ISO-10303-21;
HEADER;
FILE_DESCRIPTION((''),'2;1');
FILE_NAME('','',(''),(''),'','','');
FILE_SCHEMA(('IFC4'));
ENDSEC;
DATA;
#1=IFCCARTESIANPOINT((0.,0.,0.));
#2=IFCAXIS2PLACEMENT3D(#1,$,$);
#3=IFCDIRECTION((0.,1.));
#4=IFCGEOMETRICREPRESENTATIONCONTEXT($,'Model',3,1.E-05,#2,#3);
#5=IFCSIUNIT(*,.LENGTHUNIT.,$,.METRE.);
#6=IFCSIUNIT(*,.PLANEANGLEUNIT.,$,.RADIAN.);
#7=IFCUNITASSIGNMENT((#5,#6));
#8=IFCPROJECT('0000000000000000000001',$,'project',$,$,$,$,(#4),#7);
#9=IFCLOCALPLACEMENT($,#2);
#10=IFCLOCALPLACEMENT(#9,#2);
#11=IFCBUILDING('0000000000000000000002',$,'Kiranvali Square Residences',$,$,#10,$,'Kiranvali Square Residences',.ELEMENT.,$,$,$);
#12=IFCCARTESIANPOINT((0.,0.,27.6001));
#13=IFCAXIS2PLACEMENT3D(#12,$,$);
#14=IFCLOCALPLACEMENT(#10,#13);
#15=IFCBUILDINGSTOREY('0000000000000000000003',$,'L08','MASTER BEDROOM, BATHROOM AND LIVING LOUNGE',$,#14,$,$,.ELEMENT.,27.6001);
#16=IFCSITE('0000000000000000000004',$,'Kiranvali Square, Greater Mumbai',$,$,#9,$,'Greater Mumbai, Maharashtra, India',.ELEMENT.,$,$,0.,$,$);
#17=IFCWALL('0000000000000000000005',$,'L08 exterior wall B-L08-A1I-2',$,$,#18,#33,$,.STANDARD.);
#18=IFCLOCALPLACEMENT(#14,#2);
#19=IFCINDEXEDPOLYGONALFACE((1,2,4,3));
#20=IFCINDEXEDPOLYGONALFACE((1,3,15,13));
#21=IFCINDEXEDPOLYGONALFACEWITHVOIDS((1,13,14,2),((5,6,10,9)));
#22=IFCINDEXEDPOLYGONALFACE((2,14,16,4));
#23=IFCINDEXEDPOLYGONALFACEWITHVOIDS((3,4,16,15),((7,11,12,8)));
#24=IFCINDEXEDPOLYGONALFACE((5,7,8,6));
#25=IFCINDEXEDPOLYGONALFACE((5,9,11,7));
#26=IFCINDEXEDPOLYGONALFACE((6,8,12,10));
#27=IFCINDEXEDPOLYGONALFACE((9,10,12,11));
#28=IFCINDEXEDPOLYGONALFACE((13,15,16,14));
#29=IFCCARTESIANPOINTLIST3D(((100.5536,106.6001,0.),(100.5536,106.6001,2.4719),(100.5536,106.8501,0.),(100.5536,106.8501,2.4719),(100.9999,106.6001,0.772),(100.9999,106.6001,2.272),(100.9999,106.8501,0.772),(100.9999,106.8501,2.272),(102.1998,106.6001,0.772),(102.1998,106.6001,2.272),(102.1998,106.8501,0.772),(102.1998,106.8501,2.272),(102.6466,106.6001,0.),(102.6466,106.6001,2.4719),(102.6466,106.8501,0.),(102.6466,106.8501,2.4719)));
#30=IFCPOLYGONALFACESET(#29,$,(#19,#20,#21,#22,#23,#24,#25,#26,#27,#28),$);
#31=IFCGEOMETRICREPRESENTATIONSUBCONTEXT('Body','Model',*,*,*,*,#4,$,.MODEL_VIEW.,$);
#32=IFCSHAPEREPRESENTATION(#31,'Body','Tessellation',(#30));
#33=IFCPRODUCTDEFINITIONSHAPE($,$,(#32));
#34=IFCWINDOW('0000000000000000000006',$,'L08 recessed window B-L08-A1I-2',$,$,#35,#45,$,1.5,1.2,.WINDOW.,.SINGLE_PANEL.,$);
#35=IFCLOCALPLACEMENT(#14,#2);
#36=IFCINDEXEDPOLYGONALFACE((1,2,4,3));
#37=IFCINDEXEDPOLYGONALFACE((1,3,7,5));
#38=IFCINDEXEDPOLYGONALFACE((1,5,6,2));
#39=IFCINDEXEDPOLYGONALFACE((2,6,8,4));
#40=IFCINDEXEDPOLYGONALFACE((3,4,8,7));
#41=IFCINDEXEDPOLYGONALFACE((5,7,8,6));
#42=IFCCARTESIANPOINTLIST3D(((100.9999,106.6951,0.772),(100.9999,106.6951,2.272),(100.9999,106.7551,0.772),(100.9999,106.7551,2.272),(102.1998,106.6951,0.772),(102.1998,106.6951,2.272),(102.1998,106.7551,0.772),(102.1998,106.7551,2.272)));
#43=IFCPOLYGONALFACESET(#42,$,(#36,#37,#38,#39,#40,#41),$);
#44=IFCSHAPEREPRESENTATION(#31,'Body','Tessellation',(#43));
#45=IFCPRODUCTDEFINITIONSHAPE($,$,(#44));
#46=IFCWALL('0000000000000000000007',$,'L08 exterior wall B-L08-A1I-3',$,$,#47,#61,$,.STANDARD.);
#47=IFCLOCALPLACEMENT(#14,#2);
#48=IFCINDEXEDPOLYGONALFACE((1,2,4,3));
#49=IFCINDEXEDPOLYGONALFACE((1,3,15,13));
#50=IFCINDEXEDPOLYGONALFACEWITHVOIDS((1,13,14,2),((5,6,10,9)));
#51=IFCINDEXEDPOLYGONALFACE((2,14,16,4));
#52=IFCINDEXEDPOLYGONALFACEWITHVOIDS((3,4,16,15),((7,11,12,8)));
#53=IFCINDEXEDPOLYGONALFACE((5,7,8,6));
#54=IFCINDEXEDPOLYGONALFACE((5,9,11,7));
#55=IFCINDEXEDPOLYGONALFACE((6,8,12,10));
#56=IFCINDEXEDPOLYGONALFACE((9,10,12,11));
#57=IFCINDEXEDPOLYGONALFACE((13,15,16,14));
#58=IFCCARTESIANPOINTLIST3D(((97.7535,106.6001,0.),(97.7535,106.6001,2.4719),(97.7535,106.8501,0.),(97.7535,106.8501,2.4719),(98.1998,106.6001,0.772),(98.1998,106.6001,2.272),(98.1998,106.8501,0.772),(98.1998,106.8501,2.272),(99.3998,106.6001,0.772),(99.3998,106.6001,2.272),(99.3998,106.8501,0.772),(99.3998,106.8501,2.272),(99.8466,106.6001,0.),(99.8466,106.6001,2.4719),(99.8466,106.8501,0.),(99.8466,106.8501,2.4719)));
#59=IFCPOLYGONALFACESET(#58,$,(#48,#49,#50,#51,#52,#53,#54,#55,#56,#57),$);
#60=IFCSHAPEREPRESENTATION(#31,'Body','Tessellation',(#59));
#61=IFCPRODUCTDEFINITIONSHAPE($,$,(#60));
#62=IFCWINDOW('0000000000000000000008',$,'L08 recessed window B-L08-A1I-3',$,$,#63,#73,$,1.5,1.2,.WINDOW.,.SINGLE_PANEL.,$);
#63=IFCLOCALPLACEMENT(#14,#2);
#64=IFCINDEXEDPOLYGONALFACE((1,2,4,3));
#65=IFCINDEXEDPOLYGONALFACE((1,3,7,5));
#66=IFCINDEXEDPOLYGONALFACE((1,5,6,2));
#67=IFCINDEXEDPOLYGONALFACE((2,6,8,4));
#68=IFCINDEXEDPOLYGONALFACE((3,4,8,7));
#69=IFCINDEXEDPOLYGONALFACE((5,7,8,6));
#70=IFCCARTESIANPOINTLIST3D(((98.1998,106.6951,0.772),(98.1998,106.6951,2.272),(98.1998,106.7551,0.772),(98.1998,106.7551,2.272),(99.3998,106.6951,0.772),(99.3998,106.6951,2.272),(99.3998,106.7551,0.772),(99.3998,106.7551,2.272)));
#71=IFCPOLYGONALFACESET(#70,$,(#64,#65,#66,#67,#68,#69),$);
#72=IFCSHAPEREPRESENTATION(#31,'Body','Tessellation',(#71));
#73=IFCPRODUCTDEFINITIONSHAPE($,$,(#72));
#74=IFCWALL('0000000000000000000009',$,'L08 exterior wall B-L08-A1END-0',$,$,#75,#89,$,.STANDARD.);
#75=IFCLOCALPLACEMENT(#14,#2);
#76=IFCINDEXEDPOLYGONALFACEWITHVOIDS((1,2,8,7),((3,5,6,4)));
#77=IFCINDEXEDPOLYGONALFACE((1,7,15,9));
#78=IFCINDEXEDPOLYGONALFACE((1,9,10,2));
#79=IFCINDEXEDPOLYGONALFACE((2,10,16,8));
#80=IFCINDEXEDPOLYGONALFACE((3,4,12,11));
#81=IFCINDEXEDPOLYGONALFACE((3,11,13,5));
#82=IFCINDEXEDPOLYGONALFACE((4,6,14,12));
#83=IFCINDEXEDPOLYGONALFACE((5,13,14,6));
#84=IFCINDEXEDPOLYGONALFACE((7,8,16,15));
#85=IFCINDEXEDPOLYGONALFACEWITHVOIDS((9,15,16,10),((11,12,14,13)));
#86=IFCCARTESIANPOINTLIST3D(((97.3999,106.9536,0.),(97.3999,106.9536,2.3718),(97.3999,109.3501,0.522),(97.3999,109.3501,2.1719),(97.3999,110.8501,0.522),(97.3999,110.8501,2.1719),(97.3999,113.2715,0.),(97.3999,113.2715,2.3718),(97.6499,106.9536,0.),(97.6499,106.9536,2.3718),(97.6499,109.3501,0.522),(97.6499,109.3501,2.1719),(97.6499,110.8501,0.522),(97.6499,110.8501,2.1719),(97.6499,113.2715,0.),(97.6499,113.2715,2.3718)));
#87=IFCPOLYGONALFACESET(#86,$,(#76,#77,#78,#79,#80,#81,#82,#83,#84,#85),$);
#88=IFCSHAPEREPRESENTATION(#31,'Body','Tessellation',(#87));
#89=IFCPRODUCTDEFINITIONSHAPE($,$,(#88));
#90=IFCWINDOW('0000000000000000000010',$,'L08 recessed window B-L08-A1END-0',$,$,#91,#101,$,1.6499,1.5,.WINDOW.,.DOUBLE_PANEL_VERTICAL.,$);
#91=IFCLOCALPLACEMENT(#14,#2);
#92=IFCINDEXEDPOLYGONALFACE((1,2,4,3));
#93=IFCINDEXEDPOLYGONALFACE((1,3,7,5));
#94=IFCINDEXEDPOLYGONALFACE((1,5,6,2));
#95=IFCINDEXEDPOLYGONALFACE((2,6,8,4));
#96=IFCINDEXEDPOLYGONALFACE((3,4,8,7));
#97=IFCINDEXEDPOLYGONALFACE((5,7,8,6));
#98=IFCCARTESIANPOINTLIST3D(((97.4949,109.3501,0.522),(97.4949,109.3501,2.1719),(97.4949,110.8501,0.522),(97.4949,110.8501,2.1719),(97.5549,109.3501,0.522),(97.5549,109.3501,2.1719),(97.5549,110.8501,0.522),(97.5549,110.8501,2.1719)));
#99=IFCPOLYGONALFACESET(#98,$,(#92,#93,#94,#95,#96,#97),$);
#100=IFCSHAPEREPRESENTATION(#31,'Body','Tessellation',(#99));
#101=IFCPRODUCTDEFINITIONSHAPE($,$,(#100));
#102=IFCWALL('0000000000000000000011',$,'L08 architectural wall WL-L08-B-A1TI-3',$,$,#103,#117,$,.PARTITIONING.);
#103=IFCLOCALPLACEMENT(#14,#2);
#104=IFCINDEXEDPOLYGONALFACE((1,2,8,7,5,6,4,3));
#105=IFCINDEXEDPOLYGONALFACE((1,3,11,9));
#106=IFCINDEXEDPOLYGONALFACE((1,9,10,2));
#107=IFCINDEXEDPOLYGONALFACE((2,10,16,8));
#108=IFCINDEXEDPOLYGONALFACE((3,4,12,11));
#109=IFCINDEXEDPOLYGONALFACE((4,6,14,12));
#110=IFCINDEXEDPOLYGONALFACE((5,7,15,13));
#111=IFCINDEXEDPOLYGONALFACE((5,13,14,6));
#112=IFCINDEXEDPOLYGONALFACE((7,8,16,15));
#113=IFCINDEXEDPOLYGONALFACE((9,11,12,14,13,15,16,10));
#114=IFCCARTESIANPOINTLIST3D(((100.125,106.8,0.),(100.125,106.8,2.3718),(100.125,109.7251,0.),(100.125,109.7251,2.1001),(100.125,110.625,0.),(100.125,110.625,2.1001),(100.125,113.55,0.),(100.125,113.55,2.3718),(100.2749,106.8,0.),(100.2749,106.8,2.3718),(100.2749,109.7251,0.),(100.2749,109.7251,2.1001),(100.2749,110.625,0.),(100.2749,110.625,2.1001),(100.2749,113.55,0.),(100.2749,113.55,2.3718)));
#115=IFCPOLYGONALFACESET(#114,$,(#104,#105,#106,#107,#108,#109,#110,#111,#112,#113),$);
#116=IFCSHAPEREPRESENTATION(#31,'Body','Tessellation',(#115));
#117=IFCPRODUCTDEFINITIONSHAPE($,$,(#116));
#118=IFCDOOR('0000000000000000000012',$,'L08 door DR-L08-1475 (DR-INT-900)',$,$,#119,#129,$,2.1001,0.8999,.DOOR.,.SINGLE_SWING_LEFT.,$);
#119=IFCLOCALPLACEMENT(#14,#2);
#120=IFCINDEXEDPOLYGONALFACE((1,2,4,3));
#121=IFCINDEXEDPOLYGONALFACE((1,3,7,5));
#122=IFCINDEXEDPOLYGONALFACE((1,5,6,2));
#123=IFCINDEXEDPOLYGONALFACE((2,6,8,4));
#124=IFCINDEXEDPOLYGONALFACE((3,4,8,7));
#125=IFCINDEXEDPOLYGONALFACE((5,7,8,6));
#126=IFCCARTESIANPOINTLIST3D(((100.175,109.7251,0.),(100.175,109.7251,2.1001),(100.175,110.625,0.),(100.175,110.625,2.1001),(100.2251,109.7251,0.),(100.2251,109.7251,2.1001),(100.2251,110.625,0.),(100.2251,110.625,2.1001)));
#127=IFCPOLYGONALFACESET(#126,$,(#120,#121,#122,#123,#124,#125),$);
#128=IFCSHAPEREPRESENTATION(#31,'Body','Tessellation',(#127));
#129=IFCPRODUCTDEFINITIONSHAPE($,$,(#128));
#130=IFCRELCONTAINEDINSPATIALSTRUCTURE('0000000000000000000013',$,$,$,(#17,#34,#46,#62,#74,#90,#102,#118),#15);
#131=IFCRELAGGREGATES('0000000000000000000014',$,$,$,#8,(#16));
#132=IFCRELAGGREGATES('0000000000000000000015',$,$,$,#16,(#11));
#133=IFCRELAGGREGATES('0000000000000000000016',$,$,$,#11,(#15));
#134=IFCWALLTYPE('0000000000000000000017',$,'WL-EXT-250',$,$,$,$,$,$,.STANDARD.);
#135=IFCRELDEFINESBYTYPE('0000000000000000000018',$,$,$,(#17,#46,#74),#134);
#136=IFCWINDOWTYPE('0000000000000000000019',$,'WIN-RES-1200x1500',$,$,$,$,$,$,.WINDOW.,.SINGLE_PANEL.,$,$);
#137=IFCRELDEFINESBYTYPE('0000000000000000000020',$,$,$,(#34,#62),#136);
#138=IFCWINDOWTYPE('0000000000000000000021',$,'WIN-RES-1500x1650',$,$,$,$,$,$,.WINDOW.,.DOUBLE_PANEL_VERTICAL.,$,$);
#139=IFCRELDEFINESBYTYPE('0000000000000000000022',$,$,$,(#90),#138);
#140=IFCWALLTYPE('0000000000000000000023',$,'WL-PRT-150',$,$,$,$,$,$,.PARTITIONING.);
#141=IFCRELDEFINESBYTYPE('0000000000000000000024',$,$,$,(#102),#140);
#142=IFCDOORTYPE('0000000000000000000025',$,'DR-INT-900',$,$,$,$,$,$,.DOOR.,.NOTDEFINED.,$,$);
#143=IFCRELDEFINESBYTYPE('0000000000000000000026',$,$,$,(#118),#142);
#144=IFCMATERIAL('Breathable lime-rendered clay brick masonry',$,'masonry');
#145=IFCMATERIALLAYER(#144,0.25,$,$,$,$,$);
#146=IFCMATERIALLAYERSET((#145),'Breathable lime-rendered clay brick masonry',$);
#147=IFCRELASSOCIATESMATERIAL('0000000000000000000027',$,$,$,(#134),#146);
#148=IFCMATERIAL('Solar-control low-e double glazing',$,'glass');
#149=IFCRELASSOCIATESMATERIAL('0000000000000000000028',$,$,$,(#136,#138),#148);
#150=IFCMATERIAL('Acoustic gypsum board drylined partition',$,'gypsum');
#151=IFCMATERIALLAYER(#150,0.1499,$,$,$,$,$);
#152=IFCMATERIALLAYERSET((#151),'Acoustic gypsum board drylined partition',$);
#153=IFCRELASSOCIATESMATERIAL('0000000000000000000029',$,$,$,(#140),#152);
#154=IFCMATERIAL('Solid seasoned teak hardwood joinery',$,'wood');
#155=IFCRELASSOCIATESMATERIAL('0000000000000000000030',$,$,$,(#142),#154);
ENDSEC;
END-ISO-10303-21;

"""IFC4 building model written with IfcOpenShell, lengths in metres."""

from ifc_helpers import new_model, si_unit, direction, frame, frame_2d, origin, place, context, subcontext, project, spatial, rectangle, extrude, material, layer, layer_set, type_object, element, fill, save


model = new_model("IFC4")

# Units and contexts
model_context = context("Model", 3, precision=1e-05, world=origin(), true_north=direction((0.0, 1.0)))
body_context = subcontext(model_context, "Body", "Model", "MODEL_VIEW")
ifc_project = project(units=[si_unit("LENGTHUNIT", "METRE"), si_unit("PLANEANGLEUNIT", "RADIAN")], contexts=[model_context])

# Site, building, storey
site_placement = place(None, origin())
site = spatial("IfcSite", under=ifc_project, at=site_placement, Name="Kiranvali Square, Greater Mumbai", LongName="Greater Mumbai, Maharashtra, India", CompositionType="ELEMENT", RefElevation=0.0)
building_placement = place(site_placement, origin())
building = spatial("IfcBuilding", under=site, at=building_placement, Name="Kiranvali Square Residences", LongName="Kiranvali Square Residences", CompositionType="ELEMENT")
storey_placement = place(building_placement, frame((0.0, 0.0, 27.6001)))
storey = spatial("IfcBuildingStorey", under=building, at=storey_placement, Name="L08", Description="MASTER BEDROOM, BATHROOM AND LIVING LOUNGE", CompositionType="ELEMENT", Elevation=27.6001)

# Walls, openings, windows
ifc_material_1 = material(Name="Breathable lime-rendered clay brick masonry", Category="masonry")
ifc_layer_1 = layer(ifc_material_1, 0.25)
ifc_layer_set_1 = layer_set([ifc_layer_1], Name="Breathable lime-rendered clay brick masonry")
wall_type_1 = type_object("IfcWallType", Name="WL-EXT-250", PredefinedType="STANDARD", material=ifc_layer_set_1)
ifc_material_2 = material(Name="Solar-control low-e double glazing", Category="glass")
window_type_1 = type_object("IfcWindowType", Name="WIN-RES-1200x1500", PartitioningType="SINGLE_PANEL", PredefinedType="WINDOW", material=ifc_material_2)
wall_1_placement = place(storey_placement, frame((102.6465, 106.7251, 0.0), z_axis=(0.0, 0.0, 1.0), x_axis=(-1.0, 0.0, 0.0)))
wall_1 = element("IfcWall", 1, at=wall_1_placement, inside=storey, type_object=wall_type_1, Name="L08 exterior wall B-L08-A1I-2", PredefinedType="STANDARD", context=body_context, shape_type="SweptSolid", body=[
    extrude(rectangle(XDim=2.093, YDim=0.25, at=frame_2d((1.0464, 0.0))), origin(), (0.0, 0.0, 1.0), 2.4719),
])
opening_1_placement = place(wall_1_placement, frame((0.4465, 0.0, 0.772)))
opening_1 = element("IfcOpeningElement", 2, at=opening_1_placement, cuts=wall_1, PredefinedType="OPENING", context=body_context, shape_type="SweptSolid", body=[
    extrude(rectangle(XDim=1.2, YDim=1.5, at=frame_2d((0.6001, 0.75))), frame((0.0, 0.135, 0.0), z_axis=(0.0, -1.0, 0.0), x_axis=(1.0, 0.0, 0.0)), (0.0, 0.0, 1.0), 0.27),
])
window_1_placement = place(opening_1_placement, origin())
window_1 = element("IfcWindow", 3, at=window_1_placement, inside=storey, type_object=window_type_1, Name="L08 recessed window B-L08-A1I-2", OverallHeight=1.5, OverallWidth=1.2, PartitioningType="SINGLE_PANEL", PredefinedType="WINDOW", context=body_context, shape_type="SweptSolid", body=[
    extrude(rectangle(XDim=1.2, YDim=1.5, at=frame_2d((0.6001, 0.75))), frame((0.0, 0.03, 0.0), z_axis=(0.0, -1.0, 0.0), x_axis=(1.0, 0.0, 0.0)), (0.0, 0.0, 1.0), 0.0601),
])
fill(opening_1, window_1)
wall_2_placement = place(storey_placement, frame((99.8464, 106.7251, 0.0), z_axis=(0.0, 0.0, 1.0), x_axis=(-1.0, 0.0, 0.0)))
wall_2 = element("IfcWall", 4, at=wall_2_placement, inside=storey, type_object=wall_type_1, Name="L08 exterior wall B-L08-A1I-3", PredefinedType="STANDARD", context=body_context, shape_type="SweptSolid", body=[
    extrude(rectangle(XDim=2.093, YDim=0.25, at=frame_2d((1.0464, 0.0))), origin(), (0.0, 0.0, 1.0), 2.4719),
])
opening_2_placement = place(wall_2_placement, frame((0.4465, 0.0, 0.772)))
opening_2 = element("IfcOpeningElement", 5, at=opening_2_placement, cuts=wall_2, PredefinedType="OPENING", context=body_context, shape_type="SweptSolid", body=[
    extrude(rectangle(XDim=1.2, YDim=1.5, at=frame_2d((0.6001, 0.75))), frame((0.0, 0.135, 0.0), z_axis=(0.0, -1.0, 0.0), x_axis=(1.0, 0.0, 0.0)), (0.0, 0.0, 1.0), 0.27),
])
window_2_placement = place(opening_2_placement, origin())
window_2 = element("IfcWindow", 6, at=window_2_placement, inside=storey, type_object=window_type_1, Name="L08 recessed window B-L08-A1I-3", OverallHeight=1.5, OverallWidth=1.2, PartitioningType="SINGLE_PANEL", PredefinedType="WINDOW", context=body_context, shape_type="SweptSolid", body=[
    extrude(rectangle(XDim=1.2, YDim=1.5, at=frame_2d((0.6001, 0.75))), frame((0.0, 0.03, 0.0), z_axis=(0.0, -1.0, 0.0), x_axis=(1.0, 0.0, 0.0)), (0.0, 0.0, 1.0), 0.0601),
])
fill(opening_2, window_2)
wall_3_placement = place(storey_placement, frame((97.5249, 106.9536, 0.0), z_axis=(0.0, 0.0, 1.0), x_axis=(0.0, 1.0, 0.0)))
wall_3 = element("IfcWall", 7, at=wall_3_placement, inside=storey, type_object=wall_type_1, Name="L08 exterior wall B-L08-A1END-0", PredefinedType="STANDARD", context=body_context, shape_type="SweptSolid", body=[
    extrude(rectangle(XDim=6.3179, YDim=0.25, at=frame_2d((3.1589, 0.0))), origin(), (0.0, 0.0, 1.0), 2.3718),
])
opening_3_placement = place(wall_3_placement, frame((2.3965, 0.0, 0.522)))
opening_3 = element("IfcOpeningElement", 8, at=opening_3_placement, cuts=wall_3, PredefinedType="OPENING", context=body_context, shape_type="SweptSolid", body=[
    extrude(rectangle(XDim=1.5, YDim=1.6499, at=frame_2d((0.75, 0.825))), frame((0.0, 0.135, 0.0), z_axis=(0.0, -1.0, 0.0), x_axis=(1.0, 0.0, 0.0)), (0.0, 0.0, 1.0), 0.27),
])
window_type_2 = type_object("IfcWindowType", Name="WIN-RES-1500x1650", PartitioningType="DOUBLE_PANEL_VERTICAL", PredefinedType="WINDOW", material=ifc_material_2)
window_3_placement = place(opening_3_placement, origin())
window_3 = element("IfcWindow", 9, at=window_3_placement, inside=storey, type_object=window_type_2, Name="L08 recessed window B-L08-A1END-0", OverallHeight=1.6499, OverallWidth=1.5, PartitioningType="DOUBLE_PANEL_VERTICAL", PredefinedType="WINDOW", context=body_context, shape_type="SweptSolid", body=[
    extrude(rectangle(XDim=1.5, YDim=1.6499, at=frame_2d((0.75, 0.825))), frame((0.0, 0.03, 0.0), z_axis=(0.0, -1.0, 0.0), x_axis=(1.0, 0.0, 0.0)), (0.0, 0.0, 1.0), 0.0601),
])
fill(opening_3, window_3)

# Wall, opening, door
ifc_material_3 = material(Name="Acoustic gypsum board drylined partition", Category="gypsum")
ifc_layer_2 = layer(ifc_material_3, 0.1499)
ifc_layer_set_2 = layer_set([ifc_layer_2], Name="Acoustic gypsum board drylined partition")
wall_type_2 = type_object("IfcWallType", Name="WL-PRT-150", PredefinedType="PARTITIONING", material=ifc_layer_set_2)
wall_4_placement = place(storey_placement, frame((100.2, 106.8, 0.0), z_axis=(0.0, 0.0, 1.0), x_axis=(0.0, 1.0, 0.0)))
wall_4 = element("IfcWall", 10, at=wall_4_placement, inside=storey, type_object=wall_type_2, Name="L08 architectural wall WL-L08-B-A1TI-3", PredefinedType="PARTITIONING", context=body_context, shape_type="SweptSolid", body=[
    extrude(rectangle(XDim=6.75, YDim=0.1499, at=frame_2d((3.375, 0.0))), origin(), (0.0, 0.0, 1.0), 2.3718),
])
opening_4_placement = place(wall_4_placement, frame((2.925, 0.0, 0.0)))
opening_4 = element("IfcOpeningElement", 11, at=opening_4_placement, cuts=wall_4, PredefinedType="OPENING", context=body_context, shape_type="SweptSolid", body=[
    extrude(rectangle(XDim=0.8999, YDim=2.1001, at=frame_2d((0.45, 1.05))), frame((0.0, 0.085, 0.0), z_axis=(0.0, -1.0, 0.0), x_axis=(1.0, 0.0, 0.0)), (0.0, 0.0, 1.0), 0.1699),
])
ifc_material_4 = material(Name="Solid seasoned teak hardwood joinery", Category="wood")
door_type = type_object("IfcDoorType", Name="DR-INT-900", OperationType="NOTDEFINED", PredefinedType="DOOR", material=ifc_material_4)
door_placement = place(opening_4_placement, origin())
door = element("IfcDoor", 12, at=door_placement, inside=storey, type_object=door_type, Name="L08 door DR-L08-1475 (DR-INT-900)", OperationType="SINGLE_SWING_LEFT", OverallHeight=2.1001, OverallWidth=0.8999, PredefinedType="DOOR", context=body_context, shape_type="SweptSolid", body=[
    extrude(rectangle(XDim=0.8999, YDim=2.1001, at=frame_2d((0.45, 1.05))), frame((0.0, 0.0249, 0.0), z_axis=(0.0, -1.0, 0.0), x_axis=(1.0, 0.0, 0.0)), (0.0, 0.0, 1.0), 0.05),
])
fill(opening_4, door)

save(model, "model.ifc")
